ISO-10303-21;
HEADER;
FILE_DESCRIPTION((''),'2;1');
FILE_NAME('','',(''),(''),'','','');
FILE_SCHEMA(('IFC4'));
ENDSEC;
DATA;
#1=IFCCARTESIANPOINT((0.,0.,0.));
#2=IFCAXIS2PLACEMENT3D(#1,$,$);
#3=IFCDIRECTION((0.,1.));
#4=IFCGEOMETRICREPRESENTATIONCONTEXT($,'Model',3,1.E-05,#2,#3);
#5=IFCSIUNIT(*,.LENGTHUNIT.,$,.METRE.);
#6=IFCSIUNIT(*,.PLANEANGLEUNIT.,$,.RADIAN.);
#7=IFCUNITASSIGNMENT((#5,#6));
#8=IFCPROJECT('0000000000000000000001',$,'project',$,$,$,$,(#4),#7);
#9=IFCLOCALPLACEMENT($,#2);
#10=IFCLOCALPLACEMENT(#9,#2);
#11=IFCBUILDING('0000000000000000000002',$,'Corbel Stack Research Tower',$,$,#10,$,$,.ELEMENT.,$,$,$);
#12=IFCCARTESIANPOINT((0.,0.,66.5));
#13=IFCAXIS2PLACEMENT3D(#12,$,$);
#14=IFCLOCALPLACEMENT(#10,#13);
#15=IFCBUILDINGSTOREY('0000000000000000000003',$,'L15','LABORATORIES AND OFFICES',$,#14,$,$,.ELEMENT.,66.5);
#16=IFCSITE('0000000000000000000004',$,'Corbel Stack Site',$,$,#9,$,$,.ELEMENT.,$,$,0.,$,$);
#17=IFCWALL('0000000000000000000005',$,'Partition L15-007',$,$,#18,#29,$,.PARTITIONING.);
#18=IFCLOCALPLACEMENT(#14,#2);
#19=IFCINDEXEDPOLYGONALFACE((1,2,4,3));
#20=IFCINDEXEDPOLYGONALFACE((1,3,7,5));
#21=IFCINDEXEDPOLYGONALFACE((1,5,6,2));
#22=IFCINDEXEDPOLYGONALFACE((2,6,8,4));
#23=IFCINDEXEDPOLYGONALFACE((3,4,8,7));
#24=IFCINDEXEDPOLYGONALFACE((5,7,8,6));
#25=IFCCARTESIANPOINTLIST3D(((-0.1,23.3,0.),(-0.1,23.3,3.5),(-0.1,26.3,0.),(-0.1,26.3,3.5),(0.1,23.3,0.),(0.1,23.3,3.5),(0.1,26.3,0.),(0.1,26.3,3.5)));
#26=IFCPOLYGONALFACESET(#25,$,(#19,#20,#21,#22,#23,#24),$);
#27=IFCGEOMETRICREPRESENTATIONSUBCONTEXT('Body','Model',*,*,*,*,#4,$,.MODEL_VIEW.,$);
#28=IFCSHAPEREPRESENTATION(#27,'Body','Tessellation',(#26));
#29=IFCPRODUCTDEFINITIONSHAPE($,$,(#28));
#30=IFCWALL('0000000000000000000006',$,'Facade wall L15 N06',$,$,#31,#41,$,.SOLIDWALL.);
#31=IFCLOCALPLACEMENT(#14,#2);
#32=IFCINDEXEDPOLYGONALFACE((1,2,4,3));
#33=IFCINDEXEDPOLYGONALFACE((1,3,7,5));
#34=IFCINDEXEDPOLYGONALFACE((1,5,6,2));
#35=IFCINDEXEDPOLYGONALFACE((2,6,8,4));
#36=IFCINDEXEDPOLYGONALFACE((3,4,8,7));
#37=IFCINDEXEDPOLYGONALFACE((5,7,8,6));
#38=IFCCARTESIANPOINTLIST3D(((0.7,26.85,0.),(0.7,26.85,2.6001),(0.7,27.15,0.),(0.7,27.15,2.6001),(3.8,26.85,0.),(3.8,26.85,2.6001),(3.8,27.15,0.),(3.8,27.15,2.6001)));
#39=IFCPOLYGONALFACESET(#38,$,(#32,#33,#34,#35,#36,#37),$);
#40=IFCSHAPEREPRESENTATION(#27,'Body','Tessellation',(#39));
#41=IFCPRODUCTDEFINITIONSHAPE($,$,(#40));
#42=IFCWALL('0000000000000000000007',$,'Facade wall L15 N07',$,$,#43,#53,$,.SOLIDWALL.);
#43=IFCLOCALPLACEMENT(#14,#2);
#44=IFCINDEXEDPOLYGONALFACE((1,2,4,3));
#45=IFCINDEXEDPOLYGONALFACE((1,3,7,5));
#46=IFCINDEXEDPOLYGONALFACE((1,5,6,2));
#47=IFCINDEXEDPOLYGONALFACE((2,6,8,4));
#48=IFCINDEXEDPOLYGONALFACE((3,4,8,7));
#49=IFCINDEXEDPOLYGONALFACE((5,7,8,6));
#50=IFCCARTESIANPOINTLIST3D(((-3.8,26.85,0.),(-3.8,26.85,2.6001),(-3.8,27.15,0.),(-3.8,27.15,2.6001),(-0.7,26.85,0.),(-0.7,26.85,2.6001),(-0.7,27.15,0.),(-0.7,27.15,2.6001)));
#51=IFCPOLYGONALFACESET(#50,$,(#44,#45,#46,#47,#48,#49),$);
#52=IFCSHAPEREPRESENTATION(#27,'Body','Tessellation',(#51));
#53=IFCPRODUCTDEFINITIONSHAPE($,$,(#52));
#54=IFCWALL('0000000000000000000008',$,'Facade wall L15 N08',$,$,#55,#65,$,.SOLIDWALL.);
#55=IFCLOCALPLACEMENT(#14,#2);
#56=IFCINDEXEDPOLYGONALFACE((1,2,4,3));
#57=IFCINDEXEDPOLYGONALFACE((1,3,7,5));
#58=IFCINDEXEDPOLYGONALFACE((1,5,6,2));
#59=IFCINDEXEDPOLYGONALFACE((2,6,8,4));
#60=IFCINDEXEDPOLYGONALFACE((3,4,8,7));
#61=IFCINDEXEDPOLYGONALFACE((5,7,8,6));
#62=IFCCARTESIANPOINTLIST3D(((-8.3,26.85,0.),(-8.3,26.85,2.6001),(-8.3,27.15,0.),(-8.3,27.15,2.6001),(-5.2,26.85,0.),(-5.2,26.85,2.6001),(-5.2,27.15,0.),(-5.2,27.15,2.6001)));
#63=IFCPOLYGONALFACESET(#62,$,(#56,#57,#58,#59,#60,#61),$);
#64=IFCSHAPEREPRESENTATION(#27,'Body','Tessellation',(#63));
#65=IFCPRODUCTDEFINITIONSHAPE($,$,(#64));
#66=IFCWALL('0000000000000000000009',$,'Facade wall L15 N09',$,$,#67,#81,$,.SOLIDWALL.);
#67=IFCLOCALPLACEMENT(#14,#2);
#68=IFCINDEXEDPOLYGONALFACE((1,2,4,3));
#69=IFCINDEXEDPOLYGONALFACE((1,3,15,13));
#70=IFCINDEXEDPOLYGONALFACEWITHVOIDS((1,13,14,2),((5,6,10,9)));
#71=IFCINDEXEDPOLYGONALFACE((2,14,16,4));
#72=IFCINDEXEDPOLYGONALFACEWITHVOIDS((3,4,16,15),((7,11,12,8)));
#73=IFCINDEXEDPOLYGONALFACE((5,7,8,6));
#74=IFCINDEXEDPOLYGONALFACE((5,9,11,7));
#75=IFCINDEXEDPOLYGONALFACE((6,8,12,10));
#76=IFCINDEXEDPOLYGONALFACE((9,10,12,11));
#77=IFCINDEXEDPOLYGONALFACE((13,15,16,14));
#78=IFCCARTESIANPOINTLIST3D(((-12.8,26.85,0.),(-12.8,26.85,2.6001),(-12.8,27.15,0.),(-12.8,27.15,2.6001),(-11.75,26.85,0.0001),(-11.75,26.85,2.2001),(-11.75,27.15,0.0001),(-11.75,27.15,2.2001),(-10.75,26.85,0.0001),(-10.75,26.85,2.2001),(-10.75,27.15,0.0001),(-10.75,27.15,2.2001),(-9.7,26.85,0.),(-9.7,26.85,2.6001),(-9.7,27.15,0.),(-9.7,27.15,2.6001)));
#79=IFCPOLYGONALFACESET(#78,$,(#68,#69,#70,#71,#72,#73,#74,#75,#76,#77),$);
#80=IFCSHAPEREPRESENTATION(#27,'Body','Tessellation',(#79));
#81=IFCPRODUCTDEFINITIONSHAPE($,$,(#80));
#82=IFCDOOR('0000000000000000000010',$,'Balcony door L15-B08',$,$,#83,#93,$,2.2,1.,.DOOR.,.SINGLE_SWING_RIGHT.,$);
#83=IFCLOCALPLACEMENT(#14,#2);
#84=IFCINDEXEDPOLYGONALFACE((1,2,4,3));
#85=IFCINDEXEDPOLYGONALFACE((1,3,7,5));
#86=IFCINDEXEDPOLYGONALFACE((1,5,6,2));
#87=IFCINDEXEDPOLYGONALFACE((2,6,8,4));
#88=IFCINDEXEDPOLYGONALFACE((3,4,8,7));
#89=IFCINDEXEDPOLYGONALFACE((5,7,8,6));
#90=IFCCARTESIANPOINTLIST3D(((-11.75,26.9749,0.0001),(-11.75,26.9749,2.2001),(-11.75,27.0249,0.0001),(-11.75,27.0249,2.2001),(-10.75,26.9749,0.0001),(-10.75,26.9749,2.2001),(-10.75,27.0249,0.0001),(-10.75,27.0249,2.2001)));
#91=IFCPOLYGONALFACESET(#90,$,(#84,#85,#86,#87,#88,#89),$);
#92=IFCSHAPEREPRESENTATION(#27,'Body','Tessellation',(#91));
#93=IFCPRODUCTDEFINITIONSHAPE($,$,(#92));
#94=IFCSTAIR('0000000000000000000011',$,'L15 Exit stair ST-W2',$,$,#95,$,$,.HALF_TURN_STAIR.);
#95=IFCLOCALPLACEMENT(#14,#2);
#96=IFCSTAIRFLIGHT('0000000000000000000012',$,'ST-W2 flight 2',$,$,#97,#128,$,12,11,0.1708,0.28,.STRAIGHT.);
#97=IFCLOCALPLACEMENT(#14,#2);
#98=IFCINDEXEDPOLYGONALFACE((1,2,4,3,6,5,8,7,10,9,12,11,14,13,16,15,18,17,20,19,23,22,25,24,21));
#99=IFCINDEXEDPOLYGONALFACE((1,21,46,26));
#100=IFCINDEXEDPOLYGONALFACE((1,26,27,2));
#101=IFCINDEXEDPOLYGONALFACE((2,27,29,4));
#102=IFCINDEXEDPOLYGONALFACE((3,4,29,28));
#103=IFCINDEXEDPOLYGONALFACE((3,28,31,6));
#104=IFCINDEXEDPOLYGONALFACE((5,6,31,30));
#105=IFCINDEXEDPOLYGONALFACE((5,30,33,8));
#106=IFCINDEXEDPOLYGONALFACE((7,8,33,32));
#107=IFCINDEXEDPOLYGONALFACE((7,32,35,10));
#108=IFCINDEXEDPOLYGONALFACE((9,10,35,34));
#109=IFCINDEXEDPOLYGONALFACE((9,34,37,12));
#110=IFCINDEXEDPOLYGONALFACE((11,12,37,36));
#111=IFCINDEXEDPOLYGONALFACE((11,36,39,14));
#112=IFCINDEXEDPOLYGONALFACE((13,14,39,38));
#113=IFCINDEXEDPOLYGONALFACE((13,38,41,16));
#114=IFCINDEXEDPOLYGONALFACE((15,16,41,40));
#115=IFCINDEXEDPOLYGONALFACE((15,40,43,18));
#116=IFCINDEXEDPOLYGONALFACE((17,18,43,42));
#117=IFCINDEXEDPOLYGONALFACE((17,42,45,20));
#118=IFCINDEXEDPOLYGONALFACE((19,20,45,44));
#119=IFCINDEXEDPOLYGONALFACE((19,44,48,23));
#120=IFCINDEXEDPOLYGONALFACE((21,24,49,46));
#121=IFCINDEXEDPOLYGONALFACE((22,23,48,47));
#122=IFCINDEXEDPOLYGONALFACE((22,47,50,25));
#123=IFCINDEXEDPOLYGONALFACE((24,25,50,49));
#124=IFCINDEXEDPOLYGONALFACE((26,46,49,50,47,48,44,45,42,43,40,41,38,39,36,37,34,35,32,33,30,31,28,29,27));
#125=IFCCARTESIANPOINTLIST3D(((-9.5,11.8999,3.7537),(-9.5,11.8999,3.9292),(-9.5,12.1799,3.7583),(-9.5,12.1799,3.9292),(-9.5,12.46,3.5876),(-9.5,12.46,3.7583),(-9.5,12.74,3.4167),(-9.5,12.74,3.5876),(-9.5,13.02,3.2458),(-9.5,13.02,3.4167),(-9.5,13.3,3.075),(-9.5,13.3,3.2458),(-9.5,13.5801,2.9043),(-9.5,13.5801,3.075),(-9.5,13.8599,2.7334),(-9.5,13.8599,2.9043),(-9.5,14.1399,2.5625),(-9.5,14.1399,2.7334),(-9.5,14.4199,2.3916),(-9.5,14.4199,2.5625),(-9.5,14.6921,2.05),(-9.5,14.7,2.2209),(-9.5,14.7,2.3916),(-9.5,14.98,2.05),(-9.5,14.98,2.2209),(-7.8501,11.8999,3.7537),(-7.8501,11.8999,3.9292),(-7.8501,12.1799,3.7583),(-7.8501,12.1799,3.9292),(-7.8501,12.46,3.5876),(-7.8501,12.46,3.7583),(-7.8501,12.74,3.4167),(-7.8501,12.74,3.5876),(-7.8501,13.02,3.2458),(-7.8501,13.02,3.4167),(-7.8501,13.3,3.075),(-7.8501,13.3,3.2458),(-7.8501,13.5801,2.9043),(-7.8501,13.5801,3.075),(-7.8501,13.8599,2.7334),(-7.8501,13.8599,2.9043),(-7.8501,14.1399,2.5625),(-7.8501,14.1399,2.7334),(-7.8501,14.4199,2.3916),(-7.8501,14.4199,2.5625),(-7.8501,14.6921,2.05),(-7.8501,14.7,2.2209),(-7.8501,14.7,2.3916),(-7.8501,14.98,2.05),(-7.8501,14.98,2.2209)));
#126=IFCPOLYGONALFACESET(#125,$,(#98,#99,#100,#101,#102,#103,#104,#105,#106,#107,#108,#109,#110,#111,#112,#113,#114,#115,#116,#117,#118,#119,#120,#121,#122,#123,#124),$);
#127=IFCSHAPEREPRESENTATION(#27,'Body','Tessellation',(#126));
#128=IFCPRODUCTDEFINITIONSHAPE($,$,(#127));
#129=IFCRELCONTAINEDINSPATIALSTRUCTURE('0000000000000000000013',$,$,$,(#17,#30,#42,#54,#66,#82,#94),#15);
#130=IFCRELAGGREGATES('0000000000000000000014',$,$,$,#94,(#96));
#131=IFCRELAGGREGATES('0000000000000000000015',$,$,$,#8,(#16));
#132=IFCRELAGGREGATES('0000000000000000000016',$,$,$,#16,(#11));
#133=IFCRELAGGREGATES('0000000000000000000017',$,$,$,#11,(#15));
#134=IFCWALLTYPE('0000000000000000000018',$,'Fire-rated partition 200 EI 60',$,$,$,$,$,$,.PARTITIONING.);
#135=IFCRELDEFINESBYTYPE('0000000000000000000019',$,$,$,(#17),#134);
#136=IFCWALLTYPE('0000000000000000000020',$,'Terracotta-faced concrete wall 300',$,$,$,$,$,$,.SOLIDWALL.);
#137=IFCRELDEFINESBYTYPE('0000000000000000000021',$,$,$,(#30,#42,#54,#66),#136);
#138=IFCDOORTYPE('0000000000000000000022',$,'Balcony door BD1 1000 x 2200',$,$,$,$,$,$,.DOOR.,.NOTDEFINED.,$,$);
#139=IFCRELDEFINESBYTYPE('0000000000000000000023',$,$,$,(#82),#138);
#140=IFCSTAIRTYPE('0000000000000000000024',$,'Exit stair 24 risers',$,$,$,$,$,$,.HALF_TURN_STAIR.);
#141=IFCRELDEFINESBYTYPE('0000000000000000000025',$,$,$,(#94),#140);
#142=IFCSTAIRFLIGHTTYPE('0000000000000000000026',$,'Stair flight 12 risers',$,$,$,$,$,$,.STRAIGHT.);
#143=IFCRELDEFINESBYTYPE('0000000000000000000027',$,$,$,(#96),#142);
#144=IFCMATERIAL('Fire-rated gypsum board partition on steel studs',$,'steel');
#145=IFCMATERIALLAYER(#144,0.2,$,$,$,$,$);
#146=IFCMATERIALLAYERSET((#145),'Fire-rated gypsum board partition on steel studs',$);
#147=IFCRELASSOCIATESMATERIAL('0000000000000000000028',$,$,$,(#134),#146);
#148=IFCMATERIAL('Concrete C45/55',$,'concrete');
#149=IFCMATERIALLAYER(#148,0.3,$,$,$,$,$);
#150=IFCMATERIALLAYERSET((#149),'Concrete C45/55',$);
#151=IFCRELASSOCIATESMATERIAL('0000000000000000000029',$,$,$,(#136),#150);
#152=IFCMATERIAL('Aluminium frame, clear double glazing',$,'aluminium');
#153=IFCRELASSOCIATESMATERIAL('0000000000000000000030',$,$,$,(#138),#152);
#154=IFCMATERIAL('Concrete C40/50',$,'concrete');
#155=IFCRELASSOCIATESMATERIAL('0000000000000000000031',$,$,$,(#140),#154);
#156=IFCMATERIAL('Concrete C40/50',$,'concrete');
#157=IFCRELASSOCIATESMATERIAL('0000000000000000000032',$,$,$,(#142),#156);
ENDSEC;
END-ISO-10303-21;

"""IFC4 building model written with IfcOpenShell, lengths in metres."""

from ifc_helpers import new_model, si_unit, direction, frame, frame_2d, origin, place, context, subcontext, project, spatial, polyline, rectangle, outline, extrude, material, layer, layer_set, type_object, element, fill, aggregate, save


model = new_model("IFC4")

# Units and contexts
model_context = context("Model", 3, precision=1e-05, world=origin(), true_north=direction((0.0, 1.0)))
body_context = subcontext(model_context, "Body", "Model", "MODEL_VIEW")
ifc_project = project(units=[si_unit("LENGTHUNIT", "METRE"), si_unit("PLANEANGLEUNIT", "RADIAN")], contexts=[model_context])

# Site, building, storey
site_placement = place(None, origin())
site = spatial("IfcSite", under=ifc_project, at=site_placement, Name="Corbel Stack Site", CompositionType="ELEMENT", RefElevation=0.0)
building_placement = place(site_placement, origin())
building = spatial("IfcBuilding", under=site, at=building_placement, Name="Corbel Stack Research Tower", CompositionType="ELEMENT")
storey_placement = place(building_placement, frame((0.0, 0.0, 66.5)))
storey = spatial("IfcBuildingStorey", under=building, at=storey_placement, Name="L15", Description="LABORATORIES AND OFFICES", CompositionType="ELEMENT", Elevation=66.5)

# Walls
ifc_material_1 = material(Name="Fire-rated gypsum board partition on steel studs", Category="steel")
ifc_layer_1 = layer(ifc_material_1, 0.2)
ifc_layer_set_1 = layer_set([ifc_layer_1], Name="Fire-rated gypsum board partition on steel studs")
wall_type_1 = type_object("IfcWallType", Name="Fire-rated partition 200 EI 60", PredefinedType="PARTITIONING", material=ifc_layer_set_1)
for number, where, z_axis, x_axis, name in (
    (1, (0.0, 23.3, 0.0), (0.0, 0.0, 1.0), (0.0, 1.0, 0.0), "Partition L15-007"),
):
    element("IfcWall", number, at=place(storey_placement, frame(where, z_axis=z_axis, x_axis=x_axis)), inside=storey, type_object=wall_type_1, Name=name, PredefinedType="PARTITIONING", context=body_context, shape_type="SweptSolid", body=[
        extrude(rectangle(XDim=3.0, YDim=0.2, at=frame_2d((1.5, 0.0))), origin(), (0.0, 0.0, 1.0), 3.5),
    ])
ifc_material_2 = material(Name="Concrete C45/55", Category="concrete")
ifc_layer_2 = layer(ifc_material_2, 0.3)
ifc_layer_set_2 = layer_set([ifc_layer_2], Name="Concrete C45/55")
wall_type_2 = type_object("IfcWallType", Name="Terracotta-faced concrete wall 300", PredefinedType="SOLIDWALL", material=ifc_layer_set_2)
for number, where, z_axis, x_axis, name in (
    (2, (0.7, 27.0, 0.0), (0.0, 0.0, 1.0), (1.0, 0.0, 0.0), "Facade wall L15 N06"),
    (3, (-3.8, 27.0, 0.0), (0.0, 0.0, 1.0), (1.0, 0.0, 0.0), "Facade wall L15 N07"),
    (4, (-8.3, 27.0, 0.0), (0.0, 0.0, 1.0), (1.0, 0.0, 0.0), "Facade wall L15 N08"),
):
    element("IfcWall", number, at=place(storey_placement, frame(where, z_axis=z_axis, x_axis=x_axis)), inside=storey, type_object=wall_type_2, Name=name, PredefinedType="SOLIDWALL", context=body_context, shape_type="SweptSolid", body=[
        extrude(rectangle(XDim=3.1001, YDim=0.3, at=frame_2d((1.55, 0.0))), origin(), (0.0, 0.0, 1.0), 2.6001),
    ])

# Wall, opening, door
wall_1_placement = place(storey_placement, frame((-12.8, 27.0, 0.0), z_axis=(0.0, 0.0, 1.0), x_axis=(1.0, 0.0, 0.0)))
wall_1 = element("IfcWall", 5, at=wall_1_placement, inside=storey, type_object=wall_type_2, Name="Facade wall L15 N09", PredefinedType="SOLIDWALL", context=body_context, shape_type="SweptSolid", body=[
    extrude(rectangle(XDim=3.1001, YDim=0.3, at=frame_2d((1.55, 0.0))), origin(), (0.0, 0.0, 1.0), 2.6001),
])
opening_1_placement = place(wall_1_placement, frame((1.05, 0.0, 0.0)))
opening_1 = element("IfcOpeningElement", 6, at=opening_1_placement, cuts=wall_1, PredefinedType="OPENING", context=body_context, shape_type="SweptSolid", body=[
    extrude(rectangle(XDim=1.0, YDim=2.2, at=frame_2d((0.5, 1.1001))), frame((0.0, 0.1599, 0.0), z_axis=(0.0, -1.0, 0.0), x_axis=(1.0, 0.0, 0.0)), (0.0, 0.0, 1.0), 0.3201),
])
ifc_material_3 = material(Name="Aluminium frame, clear double glazing", Category="aluminium")
door_type_1 = type_object("IfcDoorType", Name="Balcony door BD1 1000 x 2200", OperationType="NOTDEFINED", PredefinedType="DOOR", material=ifc_material_3)
door_1_placement = place(opening_1_placement, origin())
door_1 = element("IfcDoor", 7, at=door_1_placement, inside=storey, type_object=door_type_1, Name="Balcony door L15-B08", OperationType="SINGLE_SWING_RIGHT", OverallHeight=2.2, OverallWidth=1.0, PredefinedType="DOOR", context=body_context, shape_type="SweptSolid", body=[
    extrude(rectangle(XDim=1.0, YDim=2.2, at=frame_2d((0.5, 1.1001))), frame((0.0, 0.0249, 0.0), z_axis=(0.0, -1.0, 0.0), x_axis=(1.0, 0.0, 0.0)), (0.0, 0.0, 1.0), 0.05),
])
fill(opening_1, door_1)

# Stair, stair flight
ifc_material_4 = material(Name="Concrete C40/50", Category="concrete")
stair_type = type_object("IfcStairType", Name="Exit stair 24 risers", PredefinedType="HALF_TURN_STAIR", material=ifc_material_4)
stair_placement = place(storey_placement, origin())
stair = element("IfcStair", 8, at=stair_placement, inside=storey, type_object=stair_type, Name="L15 Exit stair ST-W2", PredefinedType="HALF_TURN_STAIR")
ifc_material_5 = material(Name="Concrete C40/50", Category="concrete")
stair_flight_type = type_object("IfcStairFlightType", Name="Stair flight 12 risers", PredefinedType="STRAIGHT", material=ifc_material_5)
stair_flight_placement = place(storey_placement, frame((-8.675, 14.98, 2.05), z_axis=(0.0, 0.0, 1.0), x_axis=(0.0, -1.0, 0.0)))
stair_flight = element("IfcStairFlight", 9, at=stair_flight_placement, type_object=stair_flight_type, Name="ST-W2 flight 2", NumberOfRisers=12, NumberOfTreads=11, PredefinedType="STRAIGHT", RiserHeight=0.1708, TreadLength=0.28, context=body_context, shape_type="SweptSolid", body=[
    extrude(outline(polyline([(0.0, 0.0), (0.0, 0.1709), (0.28, 0.1709), (0.28, 0.3416), (0.5601, 0.3416), (0.5601, 0.5125), (0.8401, 0.5125), (0.8401, 0.6833), (1.1201, 0.6833), (1.1201, 0.8542), (1.3999, 0.8542), (1.3999, 1.0249), (1.6799, 1.0249), (1.6799, 1.1958), (1.96, 1.1958), (1.96, 1.3667), (2.24, 1.3667), (2.24, 1.5376), (2.52, 1.5376), (2.52, 1.7083), (2.8, 1.7083), (2.8, 1.8792), (3.0801, 1.8792), (3.0801, 2.05), (3.0801, 1.7036), (0.2878, 0.0), (0.0, 0.0)])), frame((0.0, 0.825, 0.0), z_axis=(0.0, -1.0, 0.0), x_axis=(1.0, 0.0, 0.0)), (0.0, 0.0, 1.0), 1.6499),
])
aggregate(stair, [stair_flight])

save(model, "model.ifc")
